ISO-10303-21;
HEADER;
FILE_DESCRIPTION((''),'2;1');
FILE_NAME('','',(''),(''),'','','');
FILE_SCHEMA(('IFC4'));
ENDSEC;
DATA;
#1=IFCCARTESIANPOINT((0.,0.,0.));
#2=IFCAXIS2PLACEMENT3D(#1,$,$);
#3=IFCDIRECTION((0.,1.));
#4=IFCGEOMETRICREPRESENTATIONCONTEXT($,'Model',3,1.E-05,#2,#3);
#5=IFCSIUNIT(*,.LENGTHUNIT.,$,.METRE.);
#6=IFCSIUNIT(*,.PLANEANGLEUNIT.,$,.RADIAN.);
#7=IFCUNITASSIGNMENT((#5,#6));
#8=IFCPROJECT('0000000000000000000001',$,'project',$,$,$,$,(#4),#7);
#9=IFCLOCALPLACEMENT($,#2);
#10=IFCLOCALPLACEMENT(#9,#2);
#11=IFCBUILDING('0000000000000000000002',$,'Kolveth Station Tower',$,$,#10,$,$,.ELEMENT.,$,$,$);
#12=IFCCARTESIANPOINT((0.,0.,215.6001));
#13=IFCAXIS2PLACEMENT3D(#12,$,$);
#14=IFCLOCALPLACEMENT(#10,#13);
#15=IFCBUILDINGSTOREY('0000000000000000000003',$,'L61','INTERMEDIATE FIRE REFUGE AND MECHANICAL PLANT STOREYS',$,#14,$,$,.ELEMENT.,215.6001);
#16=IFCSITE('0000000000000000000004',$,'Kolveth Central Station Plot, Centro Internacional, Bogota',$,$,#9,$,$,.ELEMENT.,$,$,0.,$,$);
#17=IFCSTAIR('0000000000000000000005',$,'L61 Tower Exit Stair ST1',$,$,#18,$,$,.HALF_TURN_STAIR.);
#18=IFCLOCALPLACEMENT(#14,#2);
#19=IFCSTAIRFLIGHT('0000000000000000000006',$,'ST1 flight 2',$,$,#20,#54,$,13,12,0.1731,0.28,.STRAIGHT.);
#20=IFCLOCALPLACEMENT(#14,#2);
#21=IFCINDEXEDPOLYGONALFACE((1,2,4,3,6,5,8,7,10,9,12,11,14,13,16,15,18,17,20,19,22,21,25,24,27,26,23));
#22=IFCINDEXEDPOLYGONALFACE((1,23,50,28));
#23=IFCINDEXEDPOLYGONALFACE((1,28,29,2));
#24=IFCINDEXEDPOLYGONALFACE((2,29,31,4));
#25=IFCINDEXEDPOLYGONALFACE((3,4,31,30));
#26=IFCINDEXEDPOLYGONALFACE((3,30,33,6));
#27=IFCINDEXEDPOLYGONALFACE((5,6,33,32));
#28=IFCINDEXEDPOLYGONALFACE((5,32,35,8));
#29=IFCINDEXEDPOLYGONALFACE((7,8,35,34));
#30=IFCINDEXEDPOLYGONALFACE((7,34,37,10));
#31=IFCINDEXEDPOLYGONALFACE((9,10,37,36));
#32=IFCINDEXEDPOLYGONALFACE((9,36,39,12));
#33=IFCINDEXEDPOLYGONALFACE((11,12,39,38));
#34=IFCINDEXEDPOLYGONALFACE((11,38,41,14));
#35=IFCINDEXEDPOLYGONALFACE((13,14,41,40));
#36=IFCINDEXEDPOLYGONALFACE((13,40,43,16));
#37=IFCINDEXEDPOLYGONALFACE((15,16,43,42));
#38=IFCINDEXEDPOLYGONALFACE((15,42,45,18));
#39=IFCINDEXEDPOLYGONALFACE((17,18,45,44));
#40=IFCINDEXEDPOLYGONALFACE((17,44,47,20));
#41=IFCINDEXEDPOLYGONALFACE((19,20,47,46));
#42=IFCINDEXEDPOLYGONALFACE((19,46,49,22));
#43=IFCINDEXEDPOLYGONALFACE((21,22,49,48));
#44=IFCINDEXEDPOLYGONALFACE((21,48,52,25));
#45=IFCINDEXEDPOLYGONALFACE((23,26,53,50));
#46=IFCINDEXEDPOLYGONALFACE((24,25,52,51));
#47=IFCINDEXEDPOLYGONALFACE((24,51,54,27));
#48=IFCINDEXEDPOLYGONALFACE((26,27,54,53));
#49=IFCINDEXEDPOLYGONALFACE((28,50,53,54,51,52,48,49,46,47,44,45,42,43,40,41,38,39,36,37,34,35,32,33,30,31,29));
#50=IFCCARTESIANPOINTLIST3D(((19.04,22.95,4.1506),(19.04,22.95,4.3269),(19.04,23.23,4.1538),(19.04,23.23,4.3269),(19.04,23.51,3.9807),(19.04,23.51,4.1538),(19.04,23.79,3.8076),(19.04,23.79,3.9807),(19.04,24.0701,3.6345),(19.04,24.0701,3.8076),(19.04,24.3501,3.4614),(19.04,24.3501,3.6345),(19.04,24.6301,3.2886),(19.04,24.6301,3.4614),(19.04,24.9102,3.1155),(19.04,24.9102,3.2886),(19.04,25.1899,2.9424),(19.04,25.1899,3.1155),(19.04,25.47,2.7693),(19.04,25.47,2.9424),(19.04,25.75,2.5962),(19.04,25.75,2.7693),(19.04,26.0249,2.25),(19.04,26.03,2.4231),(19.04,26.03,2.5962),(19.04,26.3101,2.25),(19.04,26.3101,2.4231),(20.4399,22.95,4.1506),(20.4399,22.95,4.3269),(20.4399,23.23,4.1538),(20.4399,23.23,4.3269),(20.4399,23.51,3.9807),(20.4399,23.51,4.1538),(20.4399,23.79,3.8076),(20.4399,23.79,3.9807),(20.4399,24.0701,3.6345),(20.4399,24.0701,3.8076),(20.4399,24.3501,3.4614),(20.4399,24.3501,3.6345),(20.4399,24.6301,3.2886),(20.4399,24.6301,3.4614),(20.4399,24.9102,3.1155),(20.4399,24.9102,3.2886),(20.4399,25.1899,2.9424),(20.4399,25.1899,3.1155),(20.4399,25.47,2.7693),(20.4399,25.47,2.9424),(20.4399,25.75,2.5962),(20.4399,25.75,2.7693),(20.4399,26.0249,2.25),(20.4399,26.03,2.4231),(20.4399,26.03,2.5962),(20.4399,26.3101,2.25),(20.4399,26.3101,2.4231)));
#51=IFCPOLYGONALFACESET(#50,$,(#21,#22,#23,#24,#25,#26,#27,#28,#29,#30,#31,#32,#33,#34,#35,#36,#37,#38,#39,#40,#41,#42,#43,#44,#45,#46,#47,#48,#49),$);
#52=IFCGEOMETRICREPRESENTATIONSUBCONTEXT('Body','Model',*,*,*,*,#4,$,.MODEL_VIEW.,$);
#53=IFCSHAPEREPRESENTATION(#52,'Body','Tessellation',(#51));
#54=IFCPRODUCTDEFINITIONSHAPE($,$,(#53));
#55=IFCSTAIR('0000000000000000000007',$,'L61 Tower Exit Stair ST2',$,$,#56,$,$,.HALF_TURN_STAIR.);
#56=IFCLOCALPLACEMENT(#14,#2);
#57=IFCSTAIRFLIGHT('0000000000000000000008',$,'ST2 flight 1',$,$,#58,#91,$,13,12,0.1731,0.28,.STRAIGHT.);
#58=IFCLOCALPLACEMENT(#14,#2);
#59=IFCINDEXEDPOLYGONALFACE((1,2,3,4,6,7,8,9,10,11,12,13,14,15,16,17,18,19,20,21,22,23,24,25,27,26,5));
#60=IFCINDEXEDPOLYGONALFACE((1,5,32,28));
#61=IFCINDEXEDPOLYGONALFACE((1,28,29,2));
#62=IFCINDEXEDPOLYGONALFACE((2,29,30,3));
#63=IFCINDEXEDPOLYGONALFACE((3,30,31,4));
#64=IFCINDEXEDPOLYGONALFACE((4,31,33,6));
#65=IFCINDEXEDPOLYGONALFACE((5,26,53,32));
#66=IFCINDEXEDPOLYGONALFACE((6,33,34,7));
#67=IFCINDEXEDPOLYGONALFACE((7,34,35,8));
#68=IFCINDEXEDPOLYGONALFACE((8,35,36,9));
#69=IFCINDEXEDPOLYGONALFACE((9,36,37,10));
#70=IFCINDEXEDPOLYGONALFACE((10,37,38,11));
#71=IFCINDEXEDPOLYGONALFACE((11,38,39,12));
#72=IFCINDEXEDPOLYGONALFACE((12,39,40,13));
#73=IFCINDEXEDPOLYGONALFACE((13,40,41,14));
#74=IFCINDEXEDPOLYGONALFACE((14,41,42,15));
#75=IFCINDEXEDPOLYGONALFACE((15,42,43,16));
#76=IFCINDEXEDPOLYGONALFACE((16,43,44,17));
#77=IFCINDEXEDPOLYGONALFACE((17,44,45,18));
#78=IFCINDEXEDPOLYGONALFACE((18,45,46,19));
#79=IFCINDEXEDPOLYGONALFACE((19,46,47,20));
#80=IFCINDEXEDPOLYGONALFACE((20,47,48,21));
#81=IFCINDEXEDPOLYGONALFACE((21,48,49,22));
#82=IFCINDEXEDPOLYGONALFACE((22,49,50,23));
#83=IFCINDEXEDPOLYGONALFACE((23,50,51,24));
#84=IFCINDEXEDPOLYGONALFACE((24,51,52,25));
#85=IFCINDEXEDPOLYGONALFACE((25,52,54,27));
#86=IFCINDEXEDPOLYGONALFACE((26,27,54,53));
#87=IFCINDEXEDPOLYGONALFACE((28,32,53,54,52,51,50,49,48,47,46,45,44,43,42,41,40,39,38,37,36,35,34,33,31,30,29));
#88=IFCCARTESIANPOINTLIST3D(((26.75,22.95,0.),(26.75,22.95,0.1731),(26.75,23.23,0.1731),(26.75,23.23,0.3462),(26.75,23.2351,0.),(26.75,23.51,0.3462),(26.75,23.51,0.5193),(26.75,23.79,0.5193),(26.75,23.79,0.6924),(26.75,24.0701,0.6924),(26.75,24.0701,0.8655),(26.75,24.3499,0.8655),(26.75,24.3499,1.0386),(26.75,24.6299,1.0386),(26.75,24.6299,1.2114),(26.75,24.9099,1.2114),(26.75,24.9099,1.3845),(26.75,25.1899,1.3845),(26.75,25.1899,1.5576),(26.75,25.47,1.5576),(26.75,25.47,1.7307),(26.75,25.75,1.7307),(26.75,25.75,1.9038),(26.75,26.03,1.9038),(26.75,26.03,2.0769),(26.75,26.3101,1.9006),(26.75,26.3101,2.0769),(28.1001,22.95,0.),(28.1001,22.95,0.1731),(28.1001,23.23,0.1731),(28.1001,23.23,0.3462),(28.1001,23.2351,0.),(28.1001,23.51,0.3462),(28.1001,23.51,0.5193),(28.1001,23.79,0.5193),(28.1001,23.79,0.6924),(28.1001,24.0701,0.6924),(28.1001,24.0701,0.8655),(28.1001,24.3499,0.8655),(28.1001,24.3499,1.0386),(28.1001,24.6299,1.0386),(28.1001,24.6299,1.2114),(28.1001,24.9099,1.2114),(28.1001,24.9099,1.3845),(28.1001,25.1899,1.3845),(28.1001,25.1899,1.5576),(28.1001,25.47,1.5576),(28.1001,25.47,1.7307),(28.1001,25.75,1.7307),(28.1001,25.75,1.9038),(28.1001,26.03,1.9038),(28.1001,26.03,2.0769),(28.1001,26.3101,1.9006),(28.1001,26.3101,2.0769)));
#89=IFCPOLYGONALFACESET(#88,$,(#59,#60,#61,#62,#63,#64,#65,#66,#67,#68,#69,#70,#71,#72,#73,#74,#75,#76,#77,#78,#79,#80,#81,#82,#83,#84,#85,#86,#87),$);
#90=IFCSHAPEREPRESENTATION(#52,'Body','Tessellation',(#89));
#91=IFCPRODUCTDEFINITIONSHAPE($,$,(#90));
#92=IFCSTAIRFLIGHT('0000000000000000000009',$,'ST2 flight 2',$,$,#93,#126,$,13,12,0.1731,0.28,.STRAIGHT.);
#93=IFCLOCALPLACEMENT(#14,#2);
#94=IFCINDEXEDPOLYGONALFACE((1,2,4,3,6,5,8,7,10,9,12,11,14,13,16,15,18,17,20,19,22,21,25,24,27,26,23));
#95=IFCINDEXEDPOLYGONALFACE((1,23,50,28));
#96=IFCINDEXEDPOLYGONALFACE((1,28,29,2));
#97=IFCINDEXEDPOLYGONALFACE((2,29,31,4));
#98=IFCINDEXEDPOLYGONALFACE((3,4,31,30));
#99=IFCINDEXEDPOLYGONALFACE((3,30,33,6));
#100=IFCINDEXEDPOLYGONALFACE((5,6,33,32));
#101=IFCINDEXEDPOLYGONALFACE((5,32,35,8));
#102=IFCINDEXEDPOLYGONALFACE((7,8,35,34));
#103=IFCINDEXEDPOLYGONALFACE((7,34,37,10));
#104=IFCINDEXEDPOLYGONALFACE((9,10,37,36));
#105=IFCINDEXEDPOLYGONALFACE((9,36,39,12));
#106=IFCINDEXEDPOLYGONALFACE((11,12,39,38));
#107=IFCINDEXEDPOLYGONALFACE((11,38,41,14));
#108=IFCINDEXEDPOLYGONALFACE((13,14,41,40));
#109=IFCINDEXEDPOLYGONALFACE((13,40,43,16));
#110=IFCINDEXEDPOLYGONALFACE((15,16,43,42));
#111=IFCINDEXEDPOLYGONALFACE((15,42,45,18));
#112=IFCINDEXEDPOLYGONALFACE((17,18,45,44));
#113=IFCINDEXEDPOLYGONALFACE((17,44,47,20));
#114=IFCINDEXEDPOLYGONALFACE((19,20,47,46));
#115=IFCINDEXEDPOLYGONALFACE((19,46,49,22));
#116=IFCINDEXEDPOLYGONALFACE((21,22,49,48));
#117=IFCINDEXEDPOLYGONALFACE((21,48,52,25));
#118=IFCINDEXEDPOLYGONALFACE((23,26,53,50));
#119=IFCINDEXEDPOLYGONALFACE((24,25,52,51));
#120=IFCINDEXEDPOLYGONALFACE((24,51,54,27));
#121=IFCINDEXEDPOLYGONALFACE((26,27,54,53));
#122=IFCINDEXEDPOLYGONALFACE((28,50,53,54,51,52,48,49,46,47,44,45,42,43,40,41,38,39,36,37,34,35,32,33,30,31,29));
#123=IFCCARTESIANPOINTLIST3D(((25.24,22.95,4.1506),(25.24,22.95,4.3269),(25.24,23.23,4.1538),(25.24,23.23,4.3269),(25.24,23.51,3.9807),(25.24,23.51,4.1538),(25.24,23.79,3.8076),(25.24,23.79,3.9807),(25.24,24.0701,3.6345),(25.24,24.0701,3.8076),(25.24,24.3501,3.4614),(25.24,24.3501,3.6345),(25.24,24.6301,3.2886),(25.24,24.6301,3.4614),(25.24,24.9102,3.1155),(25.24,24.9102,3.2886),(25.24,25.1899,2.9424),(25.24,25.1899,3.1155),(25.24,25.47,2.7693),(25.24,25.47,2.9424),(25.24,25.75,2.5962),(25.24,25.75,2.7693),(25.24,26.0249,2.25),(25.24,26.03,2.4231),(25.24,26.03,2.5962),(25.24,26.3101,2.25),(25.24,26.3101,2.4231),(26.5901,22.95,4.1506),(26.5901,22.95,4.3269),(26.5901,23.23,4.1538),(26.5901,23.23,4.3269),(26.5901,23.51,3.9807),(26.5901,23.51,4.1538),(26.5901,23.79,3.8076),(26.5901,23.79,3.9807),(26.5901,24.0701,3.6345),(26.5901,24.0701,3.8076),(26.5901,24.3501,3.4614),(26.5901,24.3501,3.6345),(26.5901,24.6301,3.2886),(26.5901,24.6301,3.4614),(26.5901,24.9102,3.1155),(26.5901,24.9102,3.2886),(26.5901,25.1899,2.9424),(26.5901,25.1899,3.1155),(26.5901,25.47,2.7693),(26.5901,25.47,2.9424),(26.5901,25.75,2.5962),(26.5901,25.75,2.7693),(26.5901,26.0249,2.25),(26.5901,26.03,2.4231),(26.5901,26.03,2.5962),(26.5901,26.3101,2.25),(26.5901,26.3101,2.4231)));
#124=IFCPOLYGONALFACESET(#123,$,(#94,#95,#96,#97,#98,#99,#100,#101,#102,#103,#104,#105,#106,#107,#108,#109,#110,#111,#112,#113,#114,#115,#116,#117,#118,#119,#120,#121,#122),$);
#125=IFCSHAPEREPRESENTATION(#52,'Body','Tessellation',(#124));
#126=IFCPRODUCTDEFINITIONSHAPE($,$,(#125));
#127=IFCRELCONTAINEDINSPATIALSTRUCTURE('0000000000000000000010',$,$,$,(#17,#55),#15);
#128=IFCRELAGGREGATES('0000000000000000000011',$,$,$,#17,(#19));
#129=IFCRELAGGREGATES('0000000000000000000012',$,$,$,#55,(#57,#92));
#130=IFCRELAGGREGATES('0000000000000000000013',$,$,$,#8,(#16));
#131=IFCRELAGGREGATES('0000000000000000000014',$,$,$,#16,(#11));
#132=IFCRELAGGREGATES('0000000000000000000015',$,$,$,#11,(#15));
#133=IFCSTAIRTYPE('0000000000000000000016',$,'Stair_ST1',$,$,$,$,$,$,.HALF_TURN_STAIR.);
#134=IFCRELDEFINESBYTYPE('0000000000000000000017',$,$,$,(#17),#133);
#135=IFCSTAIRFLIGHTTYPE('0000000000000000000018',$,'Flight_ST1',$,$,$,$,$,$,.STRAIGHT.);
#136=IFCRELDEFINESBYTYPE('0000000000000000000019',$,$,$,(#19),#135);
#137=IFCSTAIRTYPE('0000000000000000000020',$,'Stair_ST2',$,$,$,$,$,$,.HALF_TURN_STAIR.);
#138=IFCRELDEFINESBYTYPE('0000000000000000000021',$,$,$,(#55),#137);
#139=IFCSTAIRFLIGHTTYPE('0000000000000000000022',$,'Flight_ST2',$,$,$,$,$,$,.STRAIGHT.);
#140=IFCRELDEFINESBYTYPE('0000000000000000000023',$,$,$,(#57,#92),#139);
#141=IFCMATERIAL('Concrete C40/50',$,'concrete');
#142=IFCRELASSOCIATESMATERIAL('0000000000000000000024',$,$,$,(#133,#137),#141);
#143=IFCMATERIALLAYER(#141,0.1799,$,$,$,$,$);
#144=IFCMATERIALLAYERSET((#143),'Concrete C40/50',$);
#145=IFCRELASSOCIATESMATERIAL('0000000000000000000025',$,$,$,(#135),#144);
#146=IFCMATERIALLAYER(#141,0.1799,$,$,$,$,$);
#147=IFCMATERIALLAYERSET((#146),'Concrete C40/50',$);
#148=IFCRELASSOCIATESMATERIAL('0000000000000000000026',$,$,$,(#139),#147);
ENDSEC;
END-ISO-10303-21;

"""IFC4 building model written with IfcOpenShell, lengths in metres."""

from ifc_helpers import new_model, si_unit, direction, frame, origin, place, context, subcontext, project, spatial, polyline, outline, extrude, material, layer, layer_set, type_object, element, aggregate, save


model = new_model("IFC4")

# Units and contexts
model_context = context("Model", 3, precision=1e-05, world=origin(), true_north=direction((0.0, 1.0)))
body_context = subcontext(model_context, "Body", "Model", "MODEL_VIEW")
ifc_project = project(units=[si_unit("LENGTHUNIT", "METRE"), si_unit("PLANEANGLEUNIT", "RADIAN")], contexts=[model_context])

# Site, building, storey
site_placement = place(None, origin())
site = spatial("IfcSite", under=ifc_project, at=site_placement, Name="Kolveth Central Station Plot, Centro Internacional, Bogota", CompositionType="ELEMENT", RefElevation=0.0)
building_placement = place(site_placement, origin())
building = spatial("IfcBuilding", under=site, at=building_placement, Name="Kolveth Station Tower", CompositionType="ELEMENT")
storey_placement = place(building_placement, frame((0.0, 0.0, 215.6001)))
storey = spatial("IfcBuildingStorey", under=building, at=storey_placement, Name="L61", Description="INTERMEDIATE FIRE REFUGE AND MECHANICAL PLANT STOREYS", CompositionType="ELEMENT", Elevation=215.6001)

# Shared definitions
ifc_material_1 = material(Name="Concrete C40/50", Category="concrete")

# Stairs, stair flights
stair_type_1 = type_object("IfcStairType", Name="Stair_ST1", PredefinedType="HALF_TURN_STAIR", material=ifc_material_1)
stair_1_placement = place(storey_placement, origin())
stair_1 = element("IfcStair", 1, at=stair_1_placement, inside=storey, type_object=stair_type_1, Name="L61 Tower Exit Stair ST1", PredefinedType="HALF_TURN_STAIR")
ifc_layer_1 = layer(ifc_material_1, 0.1799)
ifc_layer_set_1 = layer_set([ifc_layer_1], Name="Concrete C40/50")
stair_flight_type_1 = type_object("IfcStairFlightType", Name="Flight_ST1", PredefinedType="STRAIGHT", material=ifc_layer_set_1)
stair_flight_1_placement = place(storey_placement, frame((19.74, 26.3101, 2.25), z_axis=(0.0, 0.0, 1.0), x_axis=(0.0, -1.0, 0.0)))
stair_flight_1 = element("IfcStairFlight", 2, at=stair_flight_1_placement, type_object=stair_flight_type_1, Name="ST1 flight 2", NumberOfRisers=13, NumberOfTreads=12, PredefinedType="STRAIGHT", RiserHeight=0.1731, TreadLength=0.28, context=body_context, shape_type="SweptSolid", body=[
    extrude(outline(polyline([(0.0, 0.0), (0.0, 0.1731), (0.28, 0.1731), (0.28, 0.3462), (0.5601, 0.3462), (0.5601, 0.5193), (0.8401, 0.5193), (0.8401, 0.6924), (1.1201, 0.6924), (1.1201, 0.8655), (1.3999, 0.8655), (1.3999, 1.0386), (1.6799, 1.0386), (1.6799, 1.2114), (1.96, 1.2114), (1.96, 1.3845), (2.24, 1.3845), (2.24, 1.5576), (2.52, 1.5576), (2.52, 1.7307), (2.8, 1.7307), (2.8, 1.9038), (3.0801, 1.9038), (3.0801, 2.0769), (3.3601, 2.0769), (3.3601, 2.25), (3.3601, 1.9006), (0.2852, 0.0), (0.0, 0.0)])), frame((0.0, 0.7, 0.0), z_axis=(0.0, -1.0, 0.0), x_axis=(1.0, 0.0, 0.0)), (0.0, 0.0, 1.0), 1.3999),
])
aggregate(stair_1, [stair_flight_1])
stair_type_2 = type_object("IfcStairType", Name="Stair_ST2", PredefinedType="HALF_TURN_STAIR", material=ifc_material_1)
stair_2_placement = place(storey_placement, origin())
stair_2 = element("IfcStair", 3, at=stair_2_placement, inside=storey, type_object=stair_type_2, Name="L61 Tower Exit Stair ST2", PredefinedType="HALF_TURN_STAIR")
ifc_layer_2 = layer(ifc_material_1, 0.1799)
ifc_layer_set_2 = layer_set([ifc_layer_2], Name="Concrete C40/50")
stair_flight_type_2 = type_object("IfcStairFlightType", Name="Flight_ST2", PredefinedType="STRAIGHT", material=ifc_layer_set_2)
stair_flight_2_placement = place(storey_placement, frame((27.425, 22.95, 0.0), z_axis=(0.0, 0.0, 1.0), x_axis=(0.0, 1.0, 0.0)))
stair_flight_2 = element("IfcStairFlight", 4, at=stair_flight_2_placement, type_object=stair_flight_type_2, Name="ST2 flight 1", NumberOfRisers=13, NumberOfTreads=12, PredefinedType="STRAIGHT", RiserHeight=0.1731, TreadLength=0.28, context=body_context, shape_type="SweptSolid", body=[
    extrude(outline(polyline([(0.0, 0.0), (0.0, 0.1731), (0.28, 0.1731), (0.28, 0.3462), (0.5601, 0.3462), (0.5601, 0.5193), (0.8401, 0.5193), (0.8401, 0.6924), (1.1201, 0.6924), (1.1201, 0.8655), (1.3999, 0.8655), (1.3999, 1.0386), (1.6799, 1.0386), (1.6799, 1.2114), (1.96, 1.2114), (1.96, 1.3845), (2.24, 1.3845), (2.24, 1.5576), (2.52, 1.5576), (2.52, 1.7307), (2.8, 1.7307), (2.8, 1.9038), (3.0801, 1.9038), (3.0801, 2.0769), (3.3601, 2.0769), (3.3601, 2.25), (3.3601, 1.9006), (0.2852, 0.0), (0.0, 0.0)])), frame((0.0, 0.675, 0.0), z_axis=(0.0, -1.0, 0.0), x_axis=(1.0, 0.0, 0.0)), (0.0, 0.0, 1.0), 1.3501),
])
stair_flight_3_placement = place(storey_placement, frame((25.915, 26.3101, 2.25), z_axis=(0.0, 0.0, 1.0), x_axis=(0.0, -1.0, 0.0)))
stair_flight_3 = element("IfcStairFlight", 5, at=stair_flight_3_placement, type_object=stair_flight_type_2, Name="ST2 flight 2", NumberOfRisers=13, NumberOfTreads=12, PredefinedType="STRAIGHT", RiserHeight=0.1731, TreadLength=0.28, context=body_context, shape_type="SweptSolid", body=[
    extrude(outline(polyline([(0.0, 0.0), (0.0, 0.1731), (0.28, 0.1731), (0.28, 0.3462), (0.5601, 0.3462), (0.5601, 0.5193), (0.8401, 0.5193), (0.8401, 0.6924), (1.1201, 0.6924), (1.1201, 0.8655), (1.3999, 0.8655), (1.3999, 1.0386), (1.6799, 1.0386), (1.6799, 1.2114), (1.96, 1.2114), (1.96, 1.3845), (2.24, 1.3845), (2.24, 1.5576), (2.52, 1.5576), (2.52, 1.7307), (2.8, 1.7307), (2.8, 1.9038), (3.0801, 1.9038), (3.0801, 2.0769), (3.3601, 2.0769), (3.3601, 2.25), (3.3601, 1.9006), (0.2852, 0.0), (0.0, 0.0)])), frame((0.0, 0.675, 0.0), z_axis=(0.0, -1.0, 0.0), x_axis=(1.0, 0.0, 0.0)), (0.0, 0.0, 1.0), 1.3501),
])
aggregate(stair_2, [stair_flight_2, stair_flight_3])

save(model, "model.ifc")
